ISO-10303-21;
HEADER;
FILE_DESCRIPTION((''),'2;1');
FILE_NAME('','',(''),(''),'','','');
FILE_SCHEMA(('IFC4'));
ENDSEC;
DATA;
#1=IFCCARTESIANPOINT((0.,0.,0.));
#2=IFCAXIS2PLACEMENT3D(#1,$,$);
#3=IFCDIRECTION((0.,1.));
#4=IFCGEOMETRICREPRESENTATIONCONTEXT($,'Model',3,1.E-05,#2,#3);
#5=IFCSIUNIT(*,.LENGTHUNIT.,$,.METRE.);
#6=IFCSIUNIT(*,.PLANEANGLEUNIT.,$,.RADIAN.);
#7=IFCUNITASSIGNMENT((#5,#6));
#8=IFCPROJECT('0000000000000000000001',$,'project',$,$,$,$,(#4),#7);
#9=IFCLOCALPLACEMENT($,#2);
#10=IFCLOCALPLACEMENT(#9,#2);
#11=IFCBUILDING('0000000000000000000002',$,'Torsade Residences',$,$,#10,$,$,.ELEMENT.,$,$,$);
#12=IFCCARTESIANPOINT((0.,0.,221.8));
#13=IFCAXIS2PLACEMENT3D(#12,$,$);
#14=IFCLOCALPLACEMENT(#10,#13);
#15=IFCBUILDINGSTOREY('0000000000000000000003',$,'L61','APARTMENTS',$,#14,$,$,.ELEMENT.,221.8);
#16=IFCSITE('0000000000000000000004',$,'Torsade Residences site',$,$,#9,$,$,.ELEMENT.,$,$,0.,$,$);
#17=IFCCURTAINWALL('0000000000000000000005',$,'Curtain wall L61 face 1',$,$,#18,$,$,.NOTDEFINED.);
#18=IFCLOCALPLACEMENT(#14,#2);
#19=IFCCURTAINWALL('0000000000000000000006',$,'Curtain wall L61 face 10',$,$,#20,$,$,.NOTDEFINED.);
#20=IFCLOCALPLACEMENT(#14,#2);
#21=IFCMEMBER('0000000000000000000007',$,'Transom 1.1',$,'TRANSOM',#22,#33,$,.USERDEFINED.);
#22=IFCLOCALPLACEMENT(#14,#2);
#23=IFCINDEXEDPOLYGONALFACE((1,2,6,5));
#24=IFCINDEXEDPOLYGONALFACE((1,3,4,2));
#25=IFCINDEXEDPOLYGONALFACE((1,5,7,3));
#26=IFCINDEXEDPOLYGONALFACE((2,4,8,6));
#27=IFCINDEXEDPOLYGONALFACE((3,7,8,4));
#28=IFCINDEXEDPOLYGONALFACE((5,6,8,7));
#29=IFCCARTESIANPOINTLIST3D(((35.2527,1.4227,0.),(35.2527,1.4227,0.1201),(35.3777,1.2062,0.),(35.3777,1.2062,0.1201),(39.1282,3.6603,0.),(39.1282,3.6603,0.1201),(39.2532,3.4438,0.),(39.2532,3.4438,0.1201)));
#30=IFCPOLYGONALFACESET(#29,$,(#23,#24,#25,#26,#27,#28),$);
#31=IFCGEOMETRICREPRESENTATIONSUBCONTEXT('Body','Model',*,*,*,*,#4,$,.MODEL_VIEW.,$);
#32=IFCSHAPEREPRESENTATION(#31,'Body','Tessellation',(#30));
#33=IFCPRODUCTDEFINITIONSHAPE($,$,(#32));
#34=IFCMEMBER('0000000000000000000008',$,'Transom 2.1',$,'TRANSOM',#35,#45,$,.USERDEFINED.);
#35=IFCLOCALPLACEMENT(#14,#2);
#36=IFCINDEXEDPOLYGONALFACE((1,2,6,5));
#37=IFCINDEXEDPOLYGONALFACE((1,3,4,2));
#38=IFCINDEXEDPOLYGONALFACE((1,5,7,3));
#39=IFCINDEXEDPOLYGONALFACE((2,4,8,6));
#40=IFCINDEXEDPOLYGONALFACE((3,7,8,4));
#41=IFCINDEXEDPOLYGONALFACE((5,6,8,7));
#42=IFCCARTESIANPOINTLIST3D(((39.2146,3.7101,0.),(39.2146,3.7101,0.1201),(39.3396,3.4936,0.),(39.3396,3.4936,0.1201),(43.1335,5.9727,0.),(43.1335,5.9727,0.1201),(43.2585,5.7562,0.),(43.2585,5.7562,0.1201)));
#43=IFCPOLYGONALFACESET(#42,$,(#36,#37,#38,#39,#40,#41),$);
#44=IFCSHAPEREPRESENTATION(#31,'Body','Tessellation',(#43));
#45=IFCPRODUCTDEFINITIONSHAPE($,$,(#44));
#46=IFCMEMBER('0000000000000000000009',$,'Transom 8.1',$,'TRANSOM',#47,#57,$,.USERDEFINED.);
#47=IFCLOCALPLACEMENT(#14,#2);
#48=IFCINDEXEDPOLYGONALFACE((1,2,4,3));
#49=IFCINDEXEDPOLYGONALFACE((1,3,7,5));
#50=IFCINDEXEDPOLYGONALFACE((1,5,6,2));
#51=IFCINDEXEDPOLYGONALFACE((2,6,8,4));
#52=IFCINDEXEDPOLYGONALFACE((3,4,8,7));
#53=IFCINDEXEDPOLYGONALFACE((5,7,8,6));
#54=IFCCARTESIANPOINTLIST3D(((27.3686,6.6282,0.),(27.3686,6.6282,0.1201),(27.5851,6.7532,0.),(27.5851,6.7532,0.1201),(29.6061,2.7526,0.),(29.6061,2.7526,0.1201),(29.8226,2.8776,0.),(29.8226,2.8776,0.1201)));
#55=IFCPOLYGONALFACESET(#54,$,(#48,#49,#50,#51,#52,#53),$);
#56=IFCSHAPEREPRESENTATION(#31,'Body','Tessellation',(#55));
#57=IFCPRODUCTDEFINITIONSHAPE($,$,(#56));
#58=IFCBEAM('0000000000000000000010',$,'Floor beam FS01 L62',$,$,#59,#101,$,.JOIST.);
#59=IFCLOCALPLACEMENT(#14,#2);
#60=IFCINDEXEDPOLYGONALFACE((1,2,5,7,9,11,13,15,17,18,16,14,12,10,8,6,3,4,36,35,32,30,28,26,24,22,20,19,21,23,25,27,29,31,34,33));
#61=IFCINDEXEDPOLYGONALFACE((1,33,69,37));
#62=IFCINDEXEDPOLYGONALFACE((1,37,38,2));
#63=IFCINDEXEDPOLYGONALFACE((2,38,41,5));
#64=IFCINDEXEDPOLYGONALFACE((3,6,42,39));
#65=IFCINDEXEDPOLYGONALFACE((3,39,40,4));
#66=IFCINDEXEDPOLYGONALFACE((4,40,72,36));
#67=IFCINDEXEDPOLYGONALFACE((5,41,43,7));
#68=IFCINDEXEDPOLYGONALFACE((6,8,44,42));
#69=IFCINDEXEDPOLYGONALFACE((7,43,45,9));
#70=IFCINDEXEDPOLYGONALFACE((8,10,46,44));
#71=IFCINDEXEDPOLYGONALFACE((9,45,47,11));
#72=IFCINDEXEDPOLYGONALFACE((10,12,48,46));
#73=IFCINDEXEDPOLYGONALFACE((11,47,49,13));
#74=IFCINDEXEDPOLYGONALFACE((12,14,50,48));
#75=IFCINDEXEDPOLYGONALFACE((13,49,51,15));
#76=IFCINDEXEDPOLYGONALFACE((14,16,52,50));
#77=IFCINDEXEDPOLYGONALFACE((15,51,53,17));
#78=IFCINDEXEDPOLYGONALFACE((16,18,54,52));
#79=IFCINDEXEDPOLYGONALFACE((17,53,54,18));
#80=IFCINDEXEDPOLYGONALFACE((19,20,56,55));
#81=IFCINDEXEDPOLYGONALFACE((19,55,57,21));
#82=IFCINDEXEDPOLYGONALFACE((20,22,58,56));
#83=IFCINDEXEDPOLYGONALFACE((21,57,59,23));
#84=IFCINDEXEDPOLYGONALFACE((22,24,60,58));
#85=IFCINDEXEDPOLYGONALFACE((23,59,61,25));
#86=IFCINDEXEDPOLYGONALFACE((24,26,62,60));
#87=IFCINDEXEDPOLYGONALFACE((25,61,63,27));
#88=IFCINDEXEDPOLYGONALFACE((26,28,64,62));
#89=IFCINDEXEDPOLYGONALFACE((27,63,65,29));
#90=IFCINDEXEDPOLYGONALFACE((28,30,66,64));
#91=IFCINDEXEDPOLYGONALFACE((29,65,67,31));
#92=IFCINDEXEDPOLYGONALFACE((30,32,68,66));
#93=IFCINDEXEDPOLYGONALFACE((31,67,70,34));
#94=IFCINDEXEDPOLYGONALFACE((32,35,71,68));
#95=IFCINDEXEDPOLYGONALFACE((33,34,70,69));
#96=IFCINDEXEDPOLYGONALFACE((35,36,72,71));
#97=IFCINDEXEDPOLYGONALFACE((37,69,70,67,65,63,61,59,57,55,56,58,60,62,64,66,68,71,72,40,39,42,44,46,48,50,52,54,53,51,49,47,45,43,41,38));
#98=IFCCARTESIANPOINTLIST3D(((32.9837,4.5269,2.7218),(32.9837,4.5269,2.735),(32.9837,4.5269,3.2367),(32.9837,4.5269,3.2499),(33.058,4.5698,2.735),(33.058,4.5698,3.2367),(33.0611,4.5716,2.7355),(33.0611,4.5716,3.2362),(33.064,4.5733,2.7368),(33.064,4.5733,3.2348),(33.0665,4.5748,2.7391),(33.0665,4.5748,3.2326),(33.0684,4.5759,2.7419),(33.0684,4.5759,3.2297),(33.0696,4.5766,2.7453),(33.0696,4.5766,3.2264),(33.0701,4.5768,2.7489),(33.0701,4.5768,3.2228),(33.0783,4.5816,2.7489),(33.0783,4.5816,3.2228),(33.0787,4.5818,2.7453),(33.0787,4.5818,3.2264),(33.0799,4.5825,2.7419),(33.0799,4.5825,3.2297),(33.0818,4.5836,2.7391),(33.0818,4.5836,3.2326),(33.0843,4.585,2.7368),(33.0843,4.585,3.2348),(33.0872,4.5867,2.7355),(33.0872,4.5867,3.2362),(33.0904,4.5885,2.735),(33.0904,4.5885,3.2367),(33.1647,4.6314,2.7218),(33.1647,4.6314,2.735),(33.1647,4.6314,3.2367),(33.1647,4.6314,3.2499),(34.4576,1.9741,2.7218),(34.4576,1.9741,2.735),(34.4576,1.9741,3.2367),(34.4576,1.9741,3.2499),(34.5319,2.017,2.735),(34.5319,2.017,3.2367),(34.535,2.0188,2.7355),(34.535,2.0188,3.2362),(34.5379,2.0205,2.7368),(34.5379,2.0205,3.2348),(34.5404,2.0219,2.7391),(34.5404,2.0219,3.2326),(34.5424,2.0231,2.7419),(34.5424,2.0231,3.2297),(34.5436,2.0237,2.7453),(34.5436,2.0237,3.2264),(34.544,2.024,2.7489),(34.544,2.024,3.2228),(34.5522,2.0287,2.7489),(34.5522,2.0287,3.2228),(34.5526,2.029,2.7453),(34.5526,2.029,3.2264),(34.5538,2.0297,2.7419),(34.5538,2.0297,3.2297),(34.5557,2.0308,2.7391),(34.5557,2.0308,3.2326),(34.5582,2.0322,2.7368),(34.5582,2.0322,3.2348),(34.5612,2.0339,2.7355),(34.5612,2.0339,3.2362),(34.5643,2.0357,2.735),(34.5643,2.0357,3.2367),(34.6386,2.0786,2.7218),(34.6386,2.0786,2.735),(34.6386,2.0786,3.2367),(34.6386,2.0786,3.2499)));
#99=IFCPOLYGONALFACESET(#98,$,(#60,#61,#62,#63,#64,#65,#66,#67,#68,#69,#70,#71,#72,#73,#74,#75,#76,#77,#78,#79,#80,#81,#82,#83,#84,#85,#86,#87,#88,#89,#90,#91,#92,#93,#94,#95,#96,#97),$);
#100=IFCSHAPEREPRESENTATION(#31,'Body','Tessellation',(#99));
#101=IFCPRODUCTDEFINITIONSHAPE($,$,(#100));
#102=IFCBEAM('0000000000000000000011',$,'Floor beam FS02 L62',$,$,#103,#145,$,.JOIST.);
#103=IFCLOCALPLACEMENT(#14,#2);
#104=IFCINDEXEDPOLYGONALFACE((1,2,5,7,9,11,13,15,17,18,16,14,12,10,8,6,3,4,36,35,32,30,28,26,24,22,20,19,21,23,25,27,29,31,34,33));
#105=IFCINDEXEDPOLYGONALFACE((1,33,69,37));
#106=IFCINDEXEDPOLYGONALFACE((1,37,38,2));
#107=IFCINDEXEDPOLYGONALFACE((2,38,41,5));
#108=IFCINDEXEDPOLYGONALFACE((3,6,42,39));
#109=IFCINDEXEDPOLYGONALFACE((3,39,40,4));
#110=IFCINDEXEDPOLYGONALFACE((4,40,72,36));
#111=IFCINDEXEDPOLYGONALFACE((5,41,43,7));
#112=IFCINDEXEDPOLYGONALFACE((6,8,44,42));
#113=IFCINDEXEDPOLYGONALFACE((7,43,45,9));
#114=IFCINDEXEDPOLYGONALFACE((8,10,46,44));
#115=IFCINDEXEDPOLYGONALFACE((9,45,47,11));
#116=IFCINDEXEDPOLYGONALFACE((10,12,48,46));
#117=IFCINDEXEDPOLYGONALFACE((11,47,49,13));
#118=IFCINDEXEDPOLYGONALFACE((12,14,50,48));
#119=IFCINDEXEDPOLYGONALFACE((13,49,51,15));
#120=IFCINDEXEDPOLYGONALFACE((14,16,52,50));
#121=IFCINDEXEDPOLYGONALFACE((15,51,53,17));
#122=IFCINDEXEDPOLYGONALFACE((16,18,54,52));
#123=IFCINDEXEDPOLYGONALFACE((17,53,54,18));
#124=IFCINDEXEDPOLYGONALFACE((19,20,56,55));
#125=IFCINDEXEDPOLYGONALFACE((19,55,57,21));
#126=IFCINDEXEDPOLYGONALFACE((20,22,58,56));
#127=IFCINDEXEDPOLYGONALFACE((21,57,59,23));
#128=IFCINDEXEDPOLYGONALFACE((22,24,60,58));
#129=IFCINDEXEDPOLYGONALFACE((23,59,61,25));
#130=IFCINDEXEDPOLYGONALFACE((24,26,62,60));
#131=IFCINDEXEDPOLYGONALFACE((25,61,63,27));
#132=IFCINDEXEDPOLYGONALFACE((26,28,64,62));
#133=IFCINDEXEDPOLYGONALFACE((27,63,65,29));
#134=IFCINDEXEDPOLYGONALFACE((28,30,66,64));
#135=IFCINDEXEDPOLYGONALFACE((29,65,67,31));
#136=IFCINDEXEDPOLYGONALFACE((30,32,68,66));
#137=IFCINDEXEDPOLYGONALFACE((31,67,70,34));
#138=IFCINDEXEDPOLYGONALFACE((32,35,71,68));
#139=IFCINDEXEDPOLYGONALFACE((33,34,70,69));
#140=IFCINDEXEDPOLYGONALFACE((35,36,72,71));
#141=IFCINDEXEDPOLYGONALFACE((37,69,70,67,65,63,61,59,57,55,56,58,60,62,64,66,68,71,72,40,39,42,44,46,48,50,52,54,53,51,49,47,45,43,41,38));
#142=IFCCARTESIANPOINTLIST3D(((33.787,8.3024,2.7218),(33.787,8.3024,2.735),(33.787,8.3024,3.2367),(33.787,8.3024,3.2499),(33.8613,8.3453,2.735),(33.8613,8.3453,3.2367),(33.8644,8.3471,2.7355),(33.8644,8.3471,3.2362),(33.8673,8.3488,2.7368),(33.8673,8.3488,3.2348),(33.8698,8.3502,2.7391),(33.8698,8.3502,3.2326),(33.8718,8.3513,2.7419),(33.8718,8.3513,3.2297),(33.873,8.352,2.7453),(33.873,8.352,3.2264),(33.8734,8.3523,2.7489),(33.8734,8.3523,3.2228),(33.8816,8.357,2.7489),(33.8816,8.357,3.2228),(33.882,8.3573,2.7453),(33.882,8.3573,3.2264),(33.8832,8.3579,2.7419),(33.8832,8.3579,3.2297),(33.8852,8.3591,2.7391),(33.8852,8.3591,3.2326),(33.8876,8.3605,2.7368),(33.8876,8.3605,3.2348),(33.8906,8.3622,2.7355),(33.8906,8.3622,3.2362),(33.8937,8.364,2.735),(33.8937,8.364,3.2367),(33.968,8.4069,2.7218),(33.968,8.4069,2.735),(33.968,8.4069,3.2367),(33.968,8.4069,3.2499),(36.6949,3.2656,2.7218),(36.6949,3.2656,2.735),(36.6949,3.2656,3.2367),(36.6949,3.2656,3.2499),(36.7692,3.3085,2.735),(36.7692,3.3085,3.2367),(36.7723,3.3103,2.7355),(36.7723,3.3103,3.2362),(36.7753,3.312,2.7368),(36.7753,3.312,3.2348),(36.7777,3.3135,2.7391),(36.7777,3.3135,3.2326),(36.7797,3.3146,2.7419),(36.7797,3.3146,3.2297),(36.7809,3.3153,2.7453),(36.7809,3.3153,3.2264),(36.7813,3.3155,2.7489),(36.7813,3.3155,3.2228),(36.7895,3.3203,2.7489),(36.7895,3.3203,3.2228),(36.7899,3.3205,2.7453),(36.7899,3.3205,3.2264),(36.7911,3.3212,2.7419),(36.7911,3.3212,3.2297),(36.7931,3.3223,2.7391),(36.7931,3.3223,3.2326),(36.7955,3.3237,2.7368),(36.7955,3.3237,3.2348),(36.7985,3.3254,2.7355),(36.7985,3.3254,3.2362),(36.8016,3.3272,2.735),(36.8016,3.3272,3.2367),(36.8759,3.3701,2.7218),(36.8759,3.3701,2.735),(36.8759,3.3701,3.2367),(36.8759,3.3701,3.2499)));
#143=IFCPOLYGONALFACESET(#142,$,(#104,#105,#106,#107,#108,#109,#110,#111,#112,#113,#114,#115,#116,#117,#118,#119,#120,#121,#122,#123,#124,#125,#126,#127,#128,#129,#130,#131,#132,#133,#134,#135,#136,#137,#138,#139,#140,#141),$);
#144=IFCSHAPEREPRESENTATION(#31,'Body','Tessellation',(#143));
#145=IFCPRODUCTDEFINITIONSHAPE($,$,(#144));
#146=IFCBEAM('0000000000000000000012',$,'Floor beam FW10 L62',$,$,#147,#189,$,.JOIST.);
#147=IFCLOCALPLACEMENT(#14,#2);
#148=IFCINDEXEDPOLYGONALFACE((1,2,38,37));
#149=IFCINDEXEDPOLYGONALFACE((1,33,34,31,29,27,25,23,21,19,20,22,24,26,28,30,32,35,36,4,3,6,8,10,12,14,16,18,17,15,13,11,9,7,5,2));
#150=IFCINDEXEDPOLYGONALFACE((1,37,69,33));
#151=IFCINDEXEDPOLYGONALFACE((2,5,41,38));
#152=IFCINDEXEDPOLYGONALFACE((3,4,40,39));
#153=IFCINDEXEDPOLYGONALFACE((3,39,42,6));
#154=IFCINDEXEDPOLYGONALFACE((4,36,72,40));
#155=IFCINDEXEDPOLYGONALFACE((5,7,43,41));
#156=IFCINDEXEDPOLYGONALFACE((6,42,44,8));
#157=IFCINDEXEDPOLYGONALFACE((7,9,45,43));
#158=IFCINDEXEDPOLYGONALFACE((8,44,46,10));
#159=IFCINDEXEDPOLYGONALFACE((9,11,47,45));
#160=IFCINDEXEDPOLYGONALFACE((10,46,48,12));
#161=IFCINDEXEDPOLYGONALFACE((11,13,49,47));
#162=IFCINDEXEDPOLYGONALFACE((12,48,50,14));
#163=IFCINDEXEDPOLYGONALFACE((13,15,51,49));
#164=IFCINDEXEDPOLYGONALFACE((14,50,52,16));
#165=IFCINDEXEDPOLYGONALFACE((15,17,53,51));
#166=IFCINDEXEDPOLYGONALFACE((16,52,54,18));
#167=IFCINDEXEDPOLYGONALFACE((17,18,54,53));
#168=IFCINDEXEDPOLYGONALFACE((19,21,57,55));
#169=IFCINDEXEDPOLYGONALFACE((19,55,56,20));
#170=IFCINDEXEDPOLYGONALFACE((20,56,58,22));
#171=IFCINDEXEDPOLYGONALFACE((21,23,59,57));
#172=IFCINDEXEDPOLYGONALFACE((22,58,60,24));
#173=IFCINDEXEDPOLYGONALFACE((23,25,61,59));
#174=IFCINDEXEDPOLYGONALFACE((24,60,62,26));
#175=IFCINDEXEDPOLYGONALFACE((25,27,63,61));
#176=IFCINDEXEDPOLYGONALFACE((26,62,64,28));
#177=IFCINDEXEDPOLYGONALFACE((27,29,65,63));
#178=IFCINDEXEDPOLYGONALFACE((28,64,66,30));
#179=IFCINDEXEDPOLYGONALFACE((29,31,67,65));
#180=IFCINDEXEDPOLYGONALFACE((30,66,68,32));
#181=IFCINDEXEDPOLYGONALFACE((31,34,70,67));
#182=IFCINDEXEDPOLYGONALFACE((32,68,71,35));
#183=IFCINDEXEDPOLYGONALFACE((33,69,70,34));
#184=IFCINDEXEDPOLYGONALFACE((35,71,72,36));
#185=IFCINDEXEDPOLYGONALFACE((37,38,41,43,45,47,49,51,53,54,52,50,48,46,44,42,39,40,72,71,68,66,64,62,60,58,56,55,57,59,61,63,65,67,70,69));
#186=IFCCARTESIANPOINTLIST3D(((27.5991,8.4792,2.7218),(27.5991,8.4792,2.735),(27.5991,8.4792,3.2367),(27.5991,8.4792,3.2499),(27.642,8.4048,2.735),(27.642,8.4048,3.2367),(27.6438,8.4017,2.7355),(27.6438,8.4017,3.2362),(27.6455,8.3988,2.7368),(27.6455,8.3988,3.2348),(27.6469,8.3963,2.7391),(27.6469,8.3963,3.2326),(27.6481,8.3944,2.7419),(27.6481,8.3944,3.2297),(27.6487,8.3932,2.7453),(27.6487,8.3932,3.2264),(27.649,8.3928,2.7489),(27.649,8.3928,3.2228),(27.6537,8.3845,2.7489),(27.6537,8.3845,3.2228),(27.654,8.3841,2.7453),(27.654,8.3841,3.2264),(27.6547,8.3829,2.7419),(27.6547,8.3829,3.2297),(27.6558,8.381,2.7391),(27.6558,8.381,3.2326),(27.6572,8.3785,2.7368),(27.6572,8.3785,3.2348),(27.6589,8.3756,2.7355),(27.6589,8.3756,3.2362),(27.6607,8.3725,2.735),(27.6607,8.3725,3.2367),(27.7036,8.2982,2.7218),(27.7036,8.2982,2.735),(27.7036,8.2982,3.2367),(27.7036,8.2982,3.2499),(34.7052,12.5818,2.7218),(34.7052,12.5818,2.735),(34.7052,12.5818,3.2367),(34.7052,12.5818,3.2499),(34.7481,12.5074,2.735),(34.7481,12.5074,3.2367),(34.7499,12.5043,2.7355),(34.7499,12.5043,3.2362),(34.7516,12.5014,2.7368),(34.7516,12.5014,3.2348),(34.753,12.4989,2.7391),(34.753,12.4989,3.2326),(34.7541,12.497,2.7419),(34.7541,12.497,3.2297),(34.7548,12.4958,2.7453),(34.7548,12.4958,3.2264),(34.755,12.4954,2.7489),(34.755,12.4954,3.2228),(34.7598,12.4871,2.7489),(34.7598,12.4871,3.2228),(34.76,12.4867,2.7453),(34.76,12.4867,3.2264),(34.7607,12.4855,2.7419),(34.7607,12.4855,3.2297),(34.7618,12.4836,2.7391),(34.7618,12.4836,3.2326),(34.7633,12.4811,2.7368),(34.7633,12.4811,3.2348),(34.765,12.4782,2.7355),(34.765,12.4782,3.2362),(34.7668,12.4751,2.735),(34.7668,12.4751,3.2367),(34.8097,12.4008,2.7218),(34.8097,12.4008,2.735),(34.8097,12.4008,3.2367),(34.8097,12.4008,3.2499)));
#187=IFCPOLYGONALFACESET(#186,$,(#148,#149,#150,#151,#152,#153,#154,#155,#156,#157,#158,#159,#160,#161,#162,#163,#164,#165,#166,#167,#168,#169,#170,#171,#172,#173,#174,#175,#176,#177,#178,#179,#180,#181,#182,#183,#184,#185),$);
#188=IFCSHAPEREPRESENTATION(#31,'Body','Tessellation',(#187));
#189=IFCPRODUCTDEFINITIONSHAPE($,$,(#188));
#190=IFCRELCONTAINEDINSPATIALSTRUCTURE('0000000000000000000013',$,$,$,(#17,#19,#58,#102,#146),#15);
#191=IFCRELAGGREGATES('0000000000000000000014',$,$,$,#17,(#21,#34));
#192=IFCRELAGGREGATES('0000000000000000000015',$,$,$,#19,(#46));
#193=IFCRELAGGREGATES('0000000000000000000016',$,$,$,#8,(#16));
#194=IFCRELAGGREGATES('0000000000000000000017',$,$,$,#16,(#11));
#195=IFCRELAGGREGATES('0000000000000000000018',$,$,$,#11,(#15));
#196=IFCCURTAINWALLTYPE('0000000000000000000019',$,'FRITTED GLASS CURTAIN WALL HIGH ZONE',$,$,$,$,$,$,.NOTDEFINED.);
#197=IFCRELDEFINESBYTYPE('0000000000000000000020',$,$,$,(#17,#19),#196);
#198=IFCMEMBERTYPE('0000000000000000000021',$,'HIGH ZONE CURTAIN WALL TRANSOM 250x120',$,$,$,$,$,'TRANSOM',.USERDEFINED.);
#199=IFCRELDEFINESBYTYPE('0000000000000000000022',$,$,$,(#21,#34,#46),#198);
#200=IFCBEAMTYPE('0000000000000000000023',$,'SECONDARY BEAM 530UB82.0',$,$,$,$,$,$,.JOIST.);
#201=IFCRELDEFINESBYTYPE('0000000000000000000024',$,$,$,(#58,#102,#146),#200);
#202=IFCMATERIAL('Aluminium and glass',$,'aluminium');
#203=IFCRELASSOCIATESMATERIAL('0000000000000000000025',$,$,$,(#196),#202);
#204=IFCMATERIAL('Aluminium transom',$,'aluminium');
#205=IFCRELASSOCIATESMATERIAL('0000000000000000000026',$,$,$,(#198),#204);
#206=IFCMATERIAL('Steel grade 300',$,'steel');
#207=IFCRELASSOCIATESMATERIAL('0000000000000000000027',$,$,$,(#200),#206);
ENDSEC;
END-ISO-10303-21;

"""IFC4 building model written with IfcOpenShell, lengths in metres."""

from ifc_helpers import new_model, si_unit, direction, frame, origin, origin_2d, place, context, subcontext, project, spatial, rectangle, i_section, extrude, material, material_profile, profile_set, type_object, element, aggregate, save


model = new_model("IFC4")

# Units and contexts
model_context = context("Model", 3, precision=1e-05, world=origin(), true_north=direction((0.0, 1.0)))
body_context = subcontext(model_context, "Body", "Model", "MODEL_VIEW")
ifc_project = project(units=[si_unit("LENGTHUNIT", "METRE"), si_unit("PLANEANGLEUNIT", "RADIAN")], contexts=[model_context])

# Site, building, storey
site_placement = place(None, origin())
site = spatial("IfcSite", under=ifc_project, at=site_placement, Name="Torsade Residences site", CompositionType="ELEMENT", RefElevation=0.0)
building_placement = place(site_placement, origin())
building = spatial("IfcBuilding", under=site, at=building_placement, Name="Torsade Residences", CompositionType="ELEMENT")
storey_placement = place(building_placement, frame((0.0, 0.0, 221.8)))
storey = spatial("IfcBuildingStorey", under=building, at=storey_placement, Name="L61", Description="APARTMENTS", CompositionType="ELEMENT", Elevation=221.8)

# Curtain walls
ifc_material_1 = material(Name="Aluminium and glass", Category="aluminium")
curtain_wall_type = type_object("IfcCurtainWallType", Name="FRITTED GLASS CURTAIN WALL HIGH ZONE", PredefinedType="NOTDEFINED", material=ifc_material_1)
curtain_wall_1_placement = place(storey_placement, origin())
curtain_wall_1 = element("IfcCurtainWall", 1, at=curtain_wall_1_placement, inside=storey, type_object=curtain_wall_type, Name="Curtain wall L61 face 1", PredefinedType="NOTDEFINED")
curtain_wall_2_placement = place(storey_placement, origin())
curtain_wall_2 = element("IfcCurtainWall", 2, at=curtain_wall_2_placement, inside=storey, type_object=curtain_wall_type, Name="Curtain wall L61 face 10", PredefinedType="NOTDEFINED")

# Members
ifc_material_2 = material(Name="Aluminium transom", Category="aluminium")
ifc_material_profile_1 = material_profile(ifc_material_2, rectangle(XDim=0.25, YDim=0.1201, at=origin_2d()), Name="HIGH ZONE CURTAIN WALL TRANSOM 250x120")
ifc_profile_set_1 = profile_set([ifc_material_profile_1], Name="Aluminium transom")
member_type_1 = type_object("IfcMemberType", Name="HIGH ZONE CURTAIN WALL TRANSOM 250x120", ElementType="TRANSOM", PredefinedType="USERDEFINED", material=ifc_profile_set_1)
member_1_placement = place(storey_placement, frame((35.3152, 1.3145, 0.0601), z_axis=(0.866022, 0.500006, 0.0), x_axis=(-0.500006, 0.866022, 0.0)))
member_1 = element("IfcMember", 3, at=member_1_placement, type_object=member_type_1, Name="Transom 1.1", ObjectType="TRANSOM", PredefinedType="USERDEFINED", context=body_context, shape_type="SweptSolid", body=[
    extrude(rectangle(XDim=0.25, YDim=0.1201, at=origin_2d()), origin(), (0.0, 0.0, 1.0), 4.4751),
])
member_2_placement = place(storey_placement, frame((39.2771, 3.6018, 0.0601), z_axis=(0.866017, 0.500015, 0.0), x_axis=(-0.500015, 0.866017, 0.0)))
member_2 = element("IfcMember", 4, at=member_2_placement, type_object=member_type_1, Name="Transom 2.1", ObjectType="TRANSOM", PredefinedType="USERDEFINED", context=body_context, shape_type="SweptSolid", body=[
    extrude(rectangle(XDim=0.25, YDim=0.1201, at=origin_2d()), origin(), (0.0, 0.0, 1.0), 4.5251),
])
member_3_placement = place(storey_placement, frame((27.4768, 6.6907, 0.0601), z_axis=(0.500006, -0.866022, 0.0), x_axis=(0.866022, 0.500006, 0.0)))
member_3 = element("IfcMember", 5, at=member_3_placement, type_object=member_type_1, Name="Transom 8.1", ObjectType="TRANSOM", PredefinedType="USERDEFINED", context=body_context, shape_type="SweptSolid", body=[
    extrude(rectangle(XDim=0.25, YDim=0.1201, at=origin_2d()), origin(), (0.0, 0.0, 1.0), 4.4751),
])

# Beams
ifc_material_3 = material(Name="Steel grade 300", Category="steel")
ifc_material_profile_2 = material_profile(ifc_material_3, i_section(OverallWidth=0.209, OverallDepth=0.5281, WebThickness=0.0095, FlangeThickness=0.0132, FilletRadius=0.0139, at=origin_2d()), Name="530UB82.0")
ifc_profile_set_2 = profile_set([ifc_material_profile_2], Name="Steel grade 300")
beam_type_1 = type_object("IfcBeamType", Name="SECONDARY BEAM 530UB82.0", PredefinedType="JOIST", material=ifc_profile_set_2)
beam_1_placement = place(storey_placement, frame((34.5481, 2.0264, 2.9858), z_axis=(-0.500014, 0.866017, 0.0), x_axis=(-0.866017, -0.500014, 0.0)))
element("IfcBeam", 6, at=beam_1_placement, inside=storey, type_object=beam_type_1, Name="Floor beam FS01 L62", PredefinedType="JOIST", context=body_context, shape_type="SweptSolid", body=[
    extrude(i_section(OverallWidth=0.209, OverallDepth=0.5281, WebThickness=0.0095, FlangeThickness=0.0132, FilletRadius=0.0139, at=origin_2d()), origin(), (0.0, 0.0, 1.0), 2.9478),
])
beam_2_placement = place(storey_placement, frame((36.7854, 3.3179, 2.9858), z_axis=(-0.49999, 0.866031, 0.0), x_axis=(-0.866031, -0.49999, 0.0)))
element("IfcBeam", 7, at=beam_2_placement, inside=storey, type_object=beam_type_1, Name="Floor beam FS02 L62", PredefinedType="JOIST", context=body_context, shape_type="SweptSolid", body=[
    extrude(i_section(OverallWidth=0.209, OverallDepth=0.5281, WebThickness=0.0095, FlangeThickness=0.0132, FilletRadius=0.0139, at=origin_2d()), origin(), (0.0, 0.0, 1.0), 5.8159),
])
beam_3_placement = place(storey_placement, frame((27.6514, 8.3887, 2.9858), z_axis=(0.86603, 0.499992, 0.0), x_axis=(-0.499992, 0.86603, 0.0)))
element("IfcBeam", 8, at=beam_3_placement, inside=storey, type_object=beam_type_1, Name="Floor beam FW10 L62", PredefinedType="JOIST", context=body_context, shape_type="SweptSolid", body=[
    extrude(i_section(OverallWidth=0.209, OverallDepth=0.5281, WebThickness=0.0095, FlangeThickness=0.0132, FilletRadius=0.0139, at=origin_2d()), origin(), (0.0, 0.0, 1.0), 8.2053),
])

aggregate(curtain_wall_1, [member_1, member_2])
aggregate(curtain_wall_2, [member_3])

save(model, "model.ifc")
